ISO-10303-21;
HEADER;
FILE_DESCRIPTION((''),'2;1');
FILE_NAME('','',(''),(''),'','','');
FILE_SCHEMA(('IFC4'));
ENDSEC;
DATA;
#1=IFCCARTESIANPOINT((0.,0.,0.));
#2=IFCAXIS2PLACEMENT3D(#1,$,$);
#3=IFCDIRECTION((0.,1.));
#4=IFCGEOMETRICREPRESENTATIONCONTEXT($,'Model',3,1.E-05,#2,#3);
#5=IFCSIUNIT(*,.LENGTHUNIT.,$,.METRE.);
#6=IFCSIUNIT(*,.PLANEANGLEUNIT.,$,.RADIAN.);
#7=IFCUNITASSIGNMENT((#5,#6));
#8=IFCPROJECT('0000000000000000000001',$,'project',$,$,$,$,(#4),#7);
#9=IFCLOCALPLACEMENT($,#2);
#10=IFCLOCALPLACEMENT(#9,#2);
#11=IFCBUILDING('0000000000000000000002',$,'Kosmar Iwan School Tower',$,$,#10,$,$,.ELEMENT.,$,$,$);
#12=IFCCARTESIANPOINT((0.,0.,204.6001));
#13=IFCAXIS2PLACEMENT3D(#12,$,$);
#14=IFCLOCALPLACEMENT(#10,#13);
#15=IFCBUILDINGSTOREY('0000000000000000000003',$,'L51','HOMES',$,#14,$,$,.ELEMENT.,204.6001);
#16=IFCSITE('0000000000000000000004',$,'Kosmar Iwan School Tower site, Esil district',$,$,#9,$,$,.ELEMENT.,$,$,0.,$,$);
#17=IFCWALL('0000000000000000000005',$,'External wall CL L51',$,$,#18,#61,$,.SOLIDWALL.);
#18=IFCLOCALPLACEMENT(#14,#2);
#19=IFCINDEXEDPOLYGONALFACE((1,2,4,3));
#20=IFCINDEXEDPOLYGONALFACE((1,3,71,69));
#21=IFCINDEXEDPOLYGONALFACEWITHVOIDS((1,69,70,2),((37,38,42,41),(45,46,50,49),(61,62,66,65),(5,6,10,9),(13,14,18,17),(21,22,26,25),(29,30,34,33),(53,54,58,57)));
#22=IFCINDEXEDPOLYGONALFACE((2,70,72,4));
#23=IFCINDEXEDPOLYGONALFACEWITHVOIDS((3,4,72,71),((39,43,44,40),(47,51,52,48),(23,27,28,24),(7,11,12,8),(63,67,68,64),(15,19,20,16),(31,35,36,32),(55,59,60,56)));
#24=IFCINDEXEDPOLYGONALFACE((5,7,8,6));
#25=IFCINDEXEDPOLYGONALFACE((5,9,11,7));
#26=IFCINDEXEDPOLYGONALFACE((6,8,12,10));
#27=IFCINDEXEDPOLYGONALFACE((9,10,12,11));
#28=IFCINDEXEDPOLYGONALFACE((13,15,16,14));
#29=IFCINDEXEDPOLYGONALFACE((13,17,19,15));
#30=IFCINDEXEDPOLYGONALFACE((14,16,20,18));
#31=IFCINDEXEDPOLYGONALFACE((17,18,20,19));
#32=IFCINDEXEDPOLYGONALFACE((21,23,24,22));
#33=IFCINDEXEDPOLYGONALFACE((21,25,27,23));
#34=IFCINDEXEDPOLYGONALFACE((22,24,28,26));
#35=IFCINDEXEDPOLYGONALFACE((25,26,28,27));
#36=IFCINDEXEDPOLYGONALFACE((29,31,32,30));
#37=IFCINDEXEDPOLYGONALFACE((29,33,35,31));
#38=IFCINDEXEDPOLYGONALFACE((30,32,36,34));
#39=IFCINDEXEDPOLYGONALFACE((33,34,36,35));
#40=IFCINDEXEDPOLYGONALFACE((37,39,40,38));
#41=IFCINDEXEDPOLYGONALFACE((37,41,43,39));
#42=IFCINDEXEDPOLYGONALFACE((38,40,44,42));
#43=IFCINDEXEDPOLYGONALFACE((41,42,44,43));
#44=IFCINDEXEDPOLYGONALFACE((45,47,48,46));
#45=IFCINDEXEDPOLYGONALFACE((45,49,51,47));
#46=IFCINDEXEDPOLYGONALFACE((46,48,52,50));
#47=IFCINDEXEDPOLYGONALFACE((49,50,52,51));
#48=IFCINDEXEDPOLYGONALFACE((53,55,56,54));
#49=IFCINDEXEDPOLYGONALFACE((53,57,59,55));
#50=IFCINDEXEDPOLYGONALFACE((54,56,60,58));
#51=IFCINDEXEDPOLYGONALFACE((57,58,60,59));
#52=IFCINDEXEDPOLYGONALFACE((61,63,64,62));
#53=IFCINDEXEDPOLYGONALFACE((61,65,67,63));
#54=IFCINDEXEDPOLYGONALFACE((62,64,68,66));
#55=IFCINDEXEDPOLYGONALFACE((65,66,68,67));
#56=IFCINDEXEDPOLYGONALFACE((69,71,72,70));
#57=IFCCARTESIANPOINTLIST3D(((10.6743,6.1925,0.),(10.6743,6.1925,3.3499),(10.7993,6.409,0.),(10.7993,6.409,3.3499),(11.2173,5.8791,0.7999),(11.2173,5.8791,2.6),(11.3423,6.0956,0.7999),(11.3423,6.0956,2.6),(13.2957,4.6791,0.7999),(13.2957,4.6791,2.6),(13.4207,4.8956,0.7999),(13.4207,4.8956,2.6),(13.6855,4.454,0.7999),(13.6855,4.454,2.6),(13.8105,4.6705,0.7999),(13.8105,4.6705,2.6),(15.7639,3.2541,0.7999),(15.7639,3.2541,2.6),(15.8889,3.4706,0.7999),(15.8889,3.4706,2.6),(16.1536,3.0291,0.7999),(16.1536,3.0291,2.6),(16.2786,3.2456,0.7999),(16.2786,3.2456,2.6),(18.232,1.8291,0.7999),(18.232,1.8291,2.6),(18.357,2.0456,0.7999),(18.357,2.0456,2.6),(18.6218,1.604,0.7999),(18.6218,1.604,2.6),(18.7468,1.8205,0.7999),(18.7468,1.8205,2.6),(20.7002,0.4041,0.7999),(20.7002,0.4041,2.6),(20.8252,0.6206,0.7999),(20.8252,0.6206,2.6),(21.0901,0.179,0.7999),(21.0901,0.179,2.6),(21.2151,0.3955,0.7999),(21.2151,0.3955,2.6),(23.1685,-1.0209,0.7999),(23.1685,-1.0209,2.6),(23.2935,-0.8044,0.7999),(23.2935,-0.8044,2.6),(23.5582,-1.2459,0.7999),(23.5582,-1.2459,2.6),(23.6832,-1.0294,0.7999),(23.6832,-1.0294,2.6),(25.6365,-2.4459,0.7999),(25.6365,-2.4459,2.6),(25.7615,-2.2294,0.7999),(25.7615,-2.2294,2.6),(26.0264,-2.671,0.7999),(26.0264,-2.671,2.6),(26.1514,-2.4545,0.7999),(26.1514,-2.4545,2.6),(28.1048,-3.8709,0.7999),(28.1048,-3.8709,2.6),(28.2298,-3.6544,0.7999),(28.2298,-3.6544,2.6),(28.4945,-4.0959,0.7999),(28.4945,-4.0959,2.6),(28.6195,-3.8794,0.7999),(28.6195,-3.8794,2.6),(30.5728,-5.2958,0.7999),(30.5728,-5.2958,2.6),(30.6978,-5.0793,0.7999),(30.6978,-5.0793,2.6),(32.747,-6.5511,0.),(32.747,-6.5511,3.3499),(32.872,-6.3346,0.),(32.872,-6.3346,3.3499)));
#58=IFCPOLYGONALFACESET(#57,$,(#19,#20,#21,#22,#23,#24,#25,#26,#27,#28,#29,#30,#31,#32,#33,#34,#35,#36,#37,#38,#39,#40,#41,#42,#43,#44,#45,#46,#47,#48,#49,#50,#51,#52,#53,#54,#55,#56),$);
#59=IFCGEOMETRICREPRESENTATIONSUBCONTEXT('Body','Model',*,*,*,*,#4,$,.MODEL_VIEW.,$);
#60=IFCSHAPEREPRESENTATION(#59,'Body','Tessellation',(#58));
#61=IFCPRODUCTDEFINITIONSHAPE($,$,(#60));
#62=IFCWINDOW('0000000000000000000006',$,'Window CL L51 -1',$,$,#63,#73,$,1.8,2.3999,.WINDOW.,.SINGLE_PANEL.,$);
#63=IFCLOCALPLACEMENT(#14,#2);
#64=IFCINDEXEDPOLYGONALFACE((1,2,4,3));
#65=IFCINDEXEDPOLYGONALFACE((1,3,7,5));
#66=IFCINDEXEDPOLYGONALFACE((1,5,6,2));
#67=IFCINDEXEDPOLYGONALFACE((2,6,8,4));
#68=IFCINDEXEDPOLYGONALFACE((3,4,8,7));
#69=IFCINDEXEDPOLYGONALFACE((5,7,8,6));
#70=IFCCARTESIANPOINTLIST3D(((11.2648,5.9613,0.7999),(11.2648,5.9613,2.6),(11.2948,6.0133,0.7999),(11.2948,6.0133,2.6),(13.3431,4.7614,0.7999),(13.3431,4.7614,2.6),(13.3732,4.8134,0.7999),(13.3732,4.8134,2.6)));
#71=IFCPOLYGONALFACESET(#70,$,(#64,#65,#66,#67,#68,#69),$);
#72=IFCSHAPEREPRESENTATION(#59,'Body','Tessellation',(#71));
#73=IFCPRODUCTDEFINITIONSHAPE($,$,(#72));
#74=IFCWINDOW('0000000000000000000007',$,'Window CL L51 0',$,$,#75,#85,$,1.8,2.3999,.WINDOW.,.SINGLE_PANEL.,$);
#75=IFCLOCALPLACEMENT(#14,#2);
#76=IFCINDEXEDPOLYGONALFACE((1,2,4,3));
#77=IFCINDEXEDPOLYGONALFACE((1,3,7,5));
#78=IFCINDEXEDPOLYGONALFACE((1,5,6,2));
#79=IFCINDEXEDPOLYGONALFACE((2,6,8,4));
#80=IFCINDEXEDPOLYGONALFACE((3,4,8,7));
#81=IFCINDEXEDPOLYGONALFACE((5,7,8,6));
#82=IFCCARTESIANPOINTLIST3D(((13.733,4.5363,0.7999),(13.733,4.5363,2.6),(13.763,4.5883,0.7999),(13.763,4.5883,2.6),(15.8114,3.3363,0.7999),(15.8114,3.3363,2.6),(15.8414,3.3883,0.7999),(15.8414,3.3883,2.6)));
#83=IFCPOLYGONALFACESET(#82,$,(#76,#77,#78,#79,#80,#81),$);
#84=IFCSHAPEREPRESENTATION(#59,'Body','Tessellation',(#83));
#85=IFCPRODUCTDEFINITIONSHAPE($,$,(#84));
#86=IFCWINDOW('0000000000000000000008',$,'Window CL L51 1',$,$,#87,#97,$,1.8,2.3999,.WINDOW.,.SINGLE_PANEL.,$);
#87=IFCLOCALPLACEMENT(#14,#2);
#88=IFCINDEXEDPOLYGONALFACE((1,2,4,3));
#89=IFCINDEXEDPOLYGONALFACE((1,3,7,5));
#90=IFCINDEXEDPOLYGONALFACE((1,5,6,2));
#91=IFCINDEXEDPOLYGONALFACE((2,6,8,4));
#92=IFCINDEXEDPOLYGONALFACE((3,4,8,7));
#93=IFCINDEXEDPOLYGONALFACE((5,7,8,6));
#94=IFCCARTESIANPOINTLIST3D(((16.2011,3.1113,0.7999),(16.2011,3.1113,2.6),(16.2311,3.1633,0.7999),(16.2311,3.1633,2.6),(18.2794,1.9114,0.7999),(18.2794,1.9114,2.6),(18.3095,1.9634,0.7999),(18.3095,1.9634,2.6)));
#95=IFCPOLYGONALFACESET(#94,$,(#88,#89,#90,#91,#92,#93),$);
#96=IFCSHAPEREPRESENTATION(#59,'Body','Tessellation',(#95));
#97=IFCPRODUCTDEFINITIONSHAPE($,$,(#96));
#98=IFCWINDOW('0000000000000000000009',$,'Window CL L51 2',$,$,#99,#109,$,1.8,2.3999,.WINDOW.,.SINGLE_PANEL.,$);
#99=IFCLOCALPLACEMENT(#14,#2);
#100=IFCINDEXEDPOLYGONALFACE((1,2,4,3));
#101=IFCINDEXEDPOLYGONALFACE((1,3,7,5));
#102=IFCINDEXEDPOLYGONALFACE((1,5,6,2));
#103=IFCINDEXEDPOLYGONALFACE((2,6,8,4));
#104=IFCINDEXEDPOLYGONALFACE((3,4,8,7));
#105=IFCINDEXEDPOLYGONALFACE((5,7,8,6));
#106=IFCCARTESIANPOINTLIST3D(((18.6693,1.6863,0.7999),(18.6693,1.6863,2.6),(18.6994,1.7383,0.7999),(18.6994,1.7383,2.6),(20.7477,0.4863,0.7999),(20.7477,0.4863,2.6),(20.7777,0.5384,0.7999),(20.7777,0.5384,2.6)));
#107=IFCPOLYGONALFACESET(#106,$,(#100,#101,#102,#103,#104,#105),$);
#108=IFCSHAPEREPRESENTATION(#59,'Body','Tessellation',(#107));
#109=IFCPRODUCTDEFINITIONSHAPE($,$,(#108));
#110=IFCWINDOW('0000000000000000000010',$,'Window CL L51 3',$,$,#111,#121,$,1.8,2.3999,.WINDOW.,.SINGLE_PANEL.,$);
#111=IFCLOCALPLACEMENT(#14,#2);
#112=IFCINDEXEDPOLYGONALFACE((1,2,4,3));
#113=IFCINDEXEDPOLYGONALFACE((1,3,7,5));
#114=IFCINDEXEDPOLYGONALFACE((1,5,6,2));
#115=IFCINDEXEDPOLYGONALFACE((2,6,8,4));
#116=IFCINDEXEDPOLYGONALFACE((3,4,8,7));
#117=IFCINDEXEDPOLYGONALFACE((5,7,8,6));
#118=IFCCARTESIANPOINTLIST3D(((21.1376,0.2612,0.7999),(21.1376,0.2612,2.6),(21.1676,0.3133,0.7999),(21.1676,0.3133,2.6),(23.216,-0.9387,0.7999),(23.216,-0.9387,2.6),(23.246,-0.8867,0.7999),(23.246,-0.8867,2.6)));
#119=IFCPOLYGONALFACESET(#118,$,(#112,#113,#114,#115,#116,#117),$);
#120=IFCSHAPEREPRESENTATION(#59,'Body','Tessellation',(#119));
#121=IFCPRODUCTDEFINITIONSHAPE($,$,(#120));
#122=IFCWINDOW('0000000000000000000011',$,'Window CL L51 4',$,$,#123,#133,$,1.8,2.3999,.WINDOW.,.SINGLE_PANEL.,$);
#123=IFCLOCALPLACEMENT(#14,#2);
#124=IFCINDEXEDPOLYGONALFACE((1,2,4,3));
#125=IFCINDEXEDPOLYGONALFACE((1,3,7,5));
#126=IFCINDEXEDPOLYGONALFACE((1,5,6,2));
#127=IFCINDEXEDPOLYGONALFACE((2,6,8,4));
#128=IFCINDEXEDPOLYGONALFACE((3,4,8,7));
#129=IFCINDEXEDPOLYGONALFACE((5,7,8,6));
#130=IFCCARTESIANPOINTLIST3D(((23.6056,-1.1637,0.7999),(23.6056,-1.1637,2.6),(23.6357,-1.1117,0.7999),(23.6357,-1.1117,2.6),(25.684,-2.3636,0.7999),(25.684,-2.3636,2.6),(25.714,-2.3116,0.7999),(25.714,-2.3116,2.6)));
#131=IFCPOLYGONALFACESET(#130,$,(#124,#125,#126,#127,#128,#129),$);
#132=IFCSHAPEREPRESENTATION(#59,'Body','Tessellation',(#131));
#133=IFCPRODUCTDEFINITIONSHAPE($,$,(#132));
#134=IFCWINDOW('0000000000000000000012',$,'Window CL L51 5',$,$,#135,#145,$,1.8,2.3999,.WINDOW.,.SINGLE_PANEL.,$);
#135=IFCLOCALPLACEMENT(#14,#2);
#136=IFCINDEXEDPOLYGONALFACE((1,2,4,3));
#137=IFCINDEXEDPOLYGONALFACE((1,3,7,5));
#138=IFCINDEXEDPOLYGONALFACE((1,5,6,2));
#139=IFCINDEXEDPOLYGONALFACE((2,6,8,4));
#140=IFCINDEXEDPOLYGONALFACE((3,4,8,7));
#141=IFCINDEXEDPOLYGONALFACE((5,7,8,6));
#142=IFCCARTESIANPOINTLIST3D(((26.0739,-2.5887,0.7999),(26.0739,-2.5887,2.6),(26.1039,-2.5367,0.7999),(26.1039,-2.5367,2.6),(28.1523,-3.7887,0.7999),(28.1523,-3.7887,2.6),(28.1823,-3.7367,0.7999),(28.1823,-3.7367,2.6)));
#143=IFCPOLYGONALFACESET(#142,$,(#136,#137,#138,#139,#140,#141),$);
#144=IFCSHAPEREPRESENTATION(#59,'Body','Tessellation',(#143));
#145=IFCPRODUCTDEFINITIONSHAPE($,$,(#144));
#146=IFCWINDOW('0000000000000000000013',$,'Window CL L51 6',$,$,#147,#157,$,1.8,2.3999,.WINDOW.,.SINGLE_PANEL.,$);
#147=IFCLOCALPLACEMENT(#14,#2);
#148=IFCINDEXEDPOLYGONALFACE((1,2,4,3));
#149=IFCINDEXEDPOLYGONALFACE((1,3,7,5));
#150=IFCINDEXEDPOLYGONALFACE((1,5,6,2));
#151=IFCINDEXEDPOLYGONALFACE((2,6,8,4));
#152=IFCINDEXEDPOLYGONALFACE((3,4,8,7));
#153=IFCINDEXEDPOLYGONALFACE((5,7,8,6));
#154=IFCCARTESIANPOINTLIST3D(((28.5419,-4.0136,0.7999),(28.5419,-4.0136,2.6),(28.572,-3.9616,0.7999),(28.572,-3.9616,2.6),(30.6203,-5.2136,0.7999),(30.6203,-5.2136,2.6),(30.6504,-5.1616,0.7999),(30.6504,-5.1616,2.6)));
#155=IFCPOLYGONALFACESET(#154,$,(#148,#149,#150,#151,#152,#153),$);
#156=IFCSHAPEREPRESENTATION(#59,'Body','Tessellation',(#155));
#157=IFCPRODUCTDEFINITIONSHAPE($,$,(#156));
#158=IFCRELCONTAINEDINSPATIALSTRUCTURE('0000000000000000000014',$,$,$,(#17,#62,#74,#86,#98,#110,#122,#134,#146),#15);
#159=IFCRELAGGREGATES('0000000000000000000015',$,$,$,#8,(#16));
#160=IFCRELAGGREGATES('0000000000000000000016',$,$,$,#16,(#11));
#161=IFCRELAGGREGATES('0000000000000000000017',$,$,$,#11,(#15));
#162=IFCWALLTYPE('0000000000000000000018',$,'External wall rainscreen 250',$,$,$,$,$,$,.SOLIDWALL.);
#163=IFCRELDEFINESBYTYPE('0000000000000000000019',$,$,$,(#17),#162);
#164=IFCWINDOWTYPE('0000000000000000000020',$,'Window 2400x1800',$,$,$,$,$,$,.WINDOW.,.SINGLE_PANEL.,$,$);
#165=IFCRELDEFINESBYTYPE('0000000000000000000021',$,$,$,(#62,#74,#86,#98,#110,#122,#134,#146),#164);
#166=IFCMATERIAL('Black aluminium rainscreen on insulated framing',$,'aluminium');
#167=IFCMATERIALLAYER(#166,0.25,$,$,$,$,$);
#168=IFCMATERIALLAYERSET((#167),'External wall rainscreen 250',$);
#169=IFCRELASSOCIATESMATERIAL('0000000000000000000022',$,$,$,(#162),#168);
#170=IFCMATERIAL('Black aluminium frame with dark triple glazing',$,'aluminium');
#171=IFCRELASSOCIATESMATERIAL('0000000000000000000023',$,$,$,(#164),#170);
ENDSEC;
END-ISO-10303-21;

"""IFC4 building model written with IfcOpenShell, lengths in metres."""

from ifc_helpers import new_model, si_unit, direction, frame, frame_2d, origin, place, context, subcontext, project, spatial, rectangle, extrude, material, layer, layer_set, type_object, element, fill, save


model = new_model("IFC4")

# Units and contexts
model_context = context("Model", 3, precision=1e-05, world=origin(), true_north=direction((0.0, 1.0)))
body_context = subcontext(model_context, "Body", "Model", "MODEL_VIEW")
ifc_project = project(units=[si_unit("LENGTHUNIT", "METRE"), si_unit("PLANEANGLEUNIT", "RADIAN")], contexts=[model_context])

# Site, building, storey
site_placement = place(None, origin())
site = spatial("IfcSite", under=ifc_project, at=site_placement, Name="Kosmar Iwan School Tower site, Esil district", CompositionType="ELEMENT", RefElevation=0.0)
building_placement = place(site_placement, origin())
building = spatial("IfcBuilding", under=site, at=building_placement, Name="Kosmar Iwan School Tower", CompositionType="ELEMENT")
storey_placement = place(building_placement, frame((0.0, 0.0, 204.6001)))
storey = spatial("IfcBuildingStorey", under=building, at=storey_placement, Name="L51", Description="HOMES", CompositionType="ELEMENT", Elevation=204.6001)

# Wall, openings, windows
ifc_material_1 = material(Name="Black aluminium rainscreen on insulated framing", Category="aluminium")
ifc_layer = layer(ifc_material_1, 0.25)
ifc_layer_set = layer_set([ifc_layer], Name="External wall rainscreen 250")
wall_type = type_object("IfcWallType", Name="External wall rainscreen 250", PredefinedType="SOLIDWALL", material=ifc_layer_set)
wall_1_placement = place(storey_placement, frame((10.7368, 6.3008, 0.0), z_axis=(0.0, 0.0, 1.0), x_axis=(0.866026, -0.499998, 0.0)))
wall_1 = element("IfcWall", 1, at=wall_1_placement, inside=storey, type_object=wall_type, Name="External wall CL L51", PredefinedType="SOLIDWALL", context=body_context, shape_type="SweptSolid", body=[
    extrude(rectangle(XDim=25.4873, YDim=0.25, at=frame_2d((12.7437, 0.0))), origin(), (0.0, 0.0, 1.0), 3.3499),
])
opening_1_placement = place(wall_1_placement, frame((0.627, 0.0, 0.8)))
opening_1 = element("IfcOpeningElement", 2, at=opening_1_placement, cuts=wall_1, PredefinedType="OPENING", context=body_context, shape_type="SweptSolid", body=[
    extrude(rectangle(XDim=2.3999, YDim=1.8, at=frame_2d((1.2, 0.8999))), frame((0.0, 0.137, 0.0), z_axis=(0.0, -1.0, 0.0), x_axis=(1.0, 0.0, 0.0)), (0.0, 0.0, 1.0), 0.2739),
])
opening_2_placement = place(wall_1_placement, frame((3.4771, 0.0, 0.8)))
opening_2 = element("IfcOpeningElement", 3, at=opening_2_placement, cuts=wall_1, PredefinedType="OPENING", context=body_context, shape_type="SweptSolid", body=[
    extrude(rectangle(XDim=2.3999, YDim=1.8, at=frame_2d((1.2, 0.8999))), frame((0.0, 0.137, 0.0), z_axis=(0.0, -1.0, 0.0), x_axis=(1.0, 0.0, 0.0)), (0.0, 0.0, 1.0), 0.2739),
])
opening_3_placement = place(wall_1_placement, frame((6.3269, 0.0, 0.8)))
opening_3 = element("IfcOpeningElement", 4, at=opening_3_placement, cuts=wall_1, PredefinedType="OPENING", context=body_context, shape_type="SweptSolid", body=[
    extrude(rectangle(XDim=2.3999, YDim=1.8, at=frame_2d((1.2, 0.8999))), frame((0.0, 0.137, 0.0), z_axis=(0.0, -1.0, 0.0), x_axis=(1.0, 0.0, 0.0)), (0.0, 0.0, 1.0), 0.2739),
])
opening_4_placement = place(wall_1_placement, frame((9.177, 0.0, 0.8)))
opening_4 = element("IfcOpeningElement", 5, at=opening_4_placement, cuts=wall_1, PredefinedType="OPENING", context=body_context, shape_type="SweptSolid", body=[
    extrude(rectangle(XDim=2.3999, YDim=1.8, at=frame_2d((1.2, 0.8999))), frame((0.0, 0.137, 0.0), z_axis=(0.0, -1.0, 0.0), x_axis=(1.0, 0.0, 0.0)), (0.0, 0.0, 1.0), 0.2739),
])
opening_5_placement = place(wall_1_placement, frame((12.0271, 0.0, 0.8)))
opening_5 = element("IfcOpeningElement", 6, at=opening_5_placement, cuts=wall_1, PredefinedType="OPENING", context=body_context, shape_type="SweptSolid", body=[
    extrude(rectangle(XDim=2.3999, YDim=1.8, at=frame_2d((1.2, 0.8999))), frame((0.0, 0.137, 0.0), z_axis=(0.0, -1.0, 0.0), x_axis=(1.0, 0.0, 0.0)), (0.0, 0.0, 1.0), 0.2739),
])
opening_6_placement = place(wall_1_placement, frame((14.877, 0.0, 0.8)))
opening_6 = element("IfcOpeningElement", 7, at=opening_6_placement, cuts=wall_1, PredefinedType="OPENING", context=body_context, shape_type="SweptSolid", body=[
    extrude(rectangle(XDim=2.3999, YDim=1.8, at=frame_2d((1.2, 0.8999))), frame((0.0, 0.137, 0.0), z_axis=(0.0, -1.0, 0.0), x_axis=(1.0, 0.0, 0.0)), (0.0, 0.0, 1.0), 0.2739),
])
opening_7_placement = place(wall_1_placement, frame((17.7271, 0.0, 0.8)))
opening_7 = element("IfcOpeningElement", 8, at=opening_7_placement, cuts=wall_1, PredefinedType="OPENING", context=body_context, shape_type="SweptSolid", body=[
    extrude(rectangle(XDim=2.3999, YDim=1.8, at=frame_2d((1.2, 0.8999))), frame((0.0, 0.137, 0.0), z_axis=(0.0, -1.0, 0.0), x_axis=(1.0, 0.0, 0.0)), (0.0, 0.0, 1.0), 0.2739),
])
opening_8_placement = place(wall_1_placement, frame((20.5769, 0.0, 0.8)))
opening_8 = element("IfcOpeningElement", 9, at=opening_8_placement, cuts=wall_1, PredefinedType="OPENING", context=body_context, shape_type="SweptSolid", body=[
    extrude(rectangle(XDim=2.3999, YDim=1.8, at=frame_2d((1.2, 0.8999))), frame((0.0, 0.137, 0.0), z_axis=(0.0, -1.0, 0.0), x_axis=(1.0, 0.0, 0.0)), (0.0, 0.0, 1.0), 0.2739),
])
ifc_material_2 = material(Name="Black aluminium frame with dark triple glazing", Category="aluminium")
window_type = type_object("IfcWindowType", Name="Window 2400x1800", PartitioningType="SINGLE_PANEL", PredefinedType="WINDOW", material=ifc_material_2)
window_1_placement = place(opening_1_placement, origin())
window_1 = element("IfcWindow", 10, at=window_1_placement, inside=storey, type_object=window_type, Name="Window CL L51 -1", OverallHeight=1.8, OverallWidth=2.3999, PartitioningType="SINGLE_PANEL", PredefinedType="WINDOW", context=body_context, shape_type="SweptSolid", body=[
    extrude(rectangle(XDim=2.3999, YDim=1.8, at=frame_2d((1.2, 0.8999))), frame((0.0, 0.03, 0.0), z_axis=(0.0, -1.0, 0.0), x_axis=(1.0, 0.0, 0.0)), (0.0, 0.0, 1.0), 0.0601),
])
fill(opening_1, window_1)
window_2_placement = place(opening_2_placement, origin())
window_2 = element("IfcWindow", 11, at=window_2_placement, inside=storey, type_object=window_type, Name="Window CL L51 0", OverallHeight=1.8, OverallWidth=2.3999, PartitioningType="SINGLE_PANEL", PredefinedType="WINDOW", context=body_context, shape_type="SweptSolid", body=[
    extrude(rectangle(XDim=2.3999, YDim=1.8, at=frame_2d((1.2, 0.8999))), frame((0.0, 0.03, 0.0), z_axis=(0.0, -1.0, 0.0), x_axis=(1.0, 0.0, 0.0)), (0.0, 0.0, 1.0), 0.0601),
])
fill(opening_2, window_2)
window_3_placement = place(opening_3_placement, origin())
window_3 = element("IfcWindow", 12, at=window_3_placement, inside=storey, type_object=window_type, Name="Window CL L51 1", OverallHeight=1.8, OverallWidth=2.3999, PartitioningType="SINGLE_PANEL", PredefinedType="WINDOW", context=body_context, shape_type="SweptSolid", body=[
    extrude(rectangle(XDim=2.3999, YDim=1.8, at=frame_2d((1.2, 0.8999))), frame((0.0, 0.03, 0.0), z_axis=(0.0, -1.0, 0.0), x_axis=(1.0, 0.0, 0.0)), (0.0, 0.0, 1.0), 0.0601),
])
fill(opening_3, window_3)
window_4_placement = place(opening_4_placement, origin())
window_4 = element("IfcWindow", 13, at=window_4_placement, inside=storey, type_object=window_type, Name="Window CL L51 2", OverallHeight=1.8, OverallWidth=2.3999, PartitioningType="SINGLE_PANEL", PredefinedType="WINDOW", context=body_context, shape_type="SweptSolid", body=[
    extrude(rectangle(XDim=2.3999, YDim=1.8, at=frame_2d((1.2, 0.8999))), frame((0.0, 0.03, 0.0), z_axis=(0.0, -1.0, 0.0), x_axis=(1.0, 0.0, 0.0)), (0.0, 0.0, 1.0), 0.0601),
])
fill(opening_4, window_4)
window_5_placement = place(opening_5_placement, origin())
window_5 = element("IfcWindow", 14, at=window_5_placement, inside=storey, type_object=window_type, Name="Window CL L51 3", OverallHeight=1.8, OverallWidth=2.3999, PartitioningType="SINGLE_PANEL", PredefinedType="WINDOW", context=body_context, shape_type="SweptSolid", body=[
    extrude(rectangle(XDim=2.3999, YDim=1.8, at=frame_2d((1.2, 0.8999))), frame((0.0, 0.03, 0.0), z_axis=(0.0, -1.0, 0.0), x_axis=(1.0, 0.0, 0.0)), (0.0, 0.0, 1.0), 0.0601),
])
fill(opening_5, window_5)
window_6_placement = place(opening_6_placement, origin())
window_6 = element("IfcWindow", 15, at=window_6_placement, inside=storey, type_object=window_type, Name="Window CL L51 4", OverallHeight=1.8, OverallWidth=2.3999, PartitioningType="SINGLE_PANEL", PredefinedType="WINDOW", context=body_context, shape_type="SweptSolid", body=[
    extrude(rectangle(XDim=2.3999, YDim=1.8, at=frame_2d((1.2, 0.8999))), frame((0.0, 0.03, 0.0), z_axis=(0.0, -1.0, 0.0), x_axis=(1.0, 0.0, 0.0)), (0.0, 0.0, 1.0), 0.0601),
])
fill(opening_6, window_6)
window_7_placement = place(opening_7_placement, origin())
window_7 = element("IfcWindow", 16, at=window_7_placement, inside=storey, type_object=window_type, Name="Window CL L51 5", OverallHeight=1.8, OverallWidth=2.3999, PartitioningType="SINGLE_PANEL", PredefinedType="WINDOW", context=body_context, shape_type="SweptSolid", body=[
    extrude(rectangle(XDim=2.3999, YDim=1.8, at=frame_2d((1.2, 0.8999))), frame((0.0, 0.03, 0.0), z_axis=(0.0, -1.0, 0.0), x_axis=(1.0, 0.0, 0.0)), (0.0, 0.0, 1.0), 0.0601),
])
fill(opening_7, window_7)
window_8_placement = place(opening_8_placement, origin())
window_8 = element("IfcWindow", 17, at=window_8_placement, inside=storey, type_object=window_type, Name="Window CL L51 6", OverallHeight=1.8, OverallWidth=2.3999, PartitioningType="SINGLE_PANEL", PredefinedType="WINDOW", context=body_context, shape_type="SweptSolid", body=[
    extrude(rectangle(XDim=2.3999, YDim=1.8, at=frame_2d((1.2, 0.8999))), frame((0.0, 0.03, 0.0), z_axis=(0.0, -1.0, 0.0), x_axis=(1.0, 0.0, 0.0)), (0.0, 0.0, 1.0), 0.0601),
])
fill(opening_8, window_8)

save(model, "model.ifc")
